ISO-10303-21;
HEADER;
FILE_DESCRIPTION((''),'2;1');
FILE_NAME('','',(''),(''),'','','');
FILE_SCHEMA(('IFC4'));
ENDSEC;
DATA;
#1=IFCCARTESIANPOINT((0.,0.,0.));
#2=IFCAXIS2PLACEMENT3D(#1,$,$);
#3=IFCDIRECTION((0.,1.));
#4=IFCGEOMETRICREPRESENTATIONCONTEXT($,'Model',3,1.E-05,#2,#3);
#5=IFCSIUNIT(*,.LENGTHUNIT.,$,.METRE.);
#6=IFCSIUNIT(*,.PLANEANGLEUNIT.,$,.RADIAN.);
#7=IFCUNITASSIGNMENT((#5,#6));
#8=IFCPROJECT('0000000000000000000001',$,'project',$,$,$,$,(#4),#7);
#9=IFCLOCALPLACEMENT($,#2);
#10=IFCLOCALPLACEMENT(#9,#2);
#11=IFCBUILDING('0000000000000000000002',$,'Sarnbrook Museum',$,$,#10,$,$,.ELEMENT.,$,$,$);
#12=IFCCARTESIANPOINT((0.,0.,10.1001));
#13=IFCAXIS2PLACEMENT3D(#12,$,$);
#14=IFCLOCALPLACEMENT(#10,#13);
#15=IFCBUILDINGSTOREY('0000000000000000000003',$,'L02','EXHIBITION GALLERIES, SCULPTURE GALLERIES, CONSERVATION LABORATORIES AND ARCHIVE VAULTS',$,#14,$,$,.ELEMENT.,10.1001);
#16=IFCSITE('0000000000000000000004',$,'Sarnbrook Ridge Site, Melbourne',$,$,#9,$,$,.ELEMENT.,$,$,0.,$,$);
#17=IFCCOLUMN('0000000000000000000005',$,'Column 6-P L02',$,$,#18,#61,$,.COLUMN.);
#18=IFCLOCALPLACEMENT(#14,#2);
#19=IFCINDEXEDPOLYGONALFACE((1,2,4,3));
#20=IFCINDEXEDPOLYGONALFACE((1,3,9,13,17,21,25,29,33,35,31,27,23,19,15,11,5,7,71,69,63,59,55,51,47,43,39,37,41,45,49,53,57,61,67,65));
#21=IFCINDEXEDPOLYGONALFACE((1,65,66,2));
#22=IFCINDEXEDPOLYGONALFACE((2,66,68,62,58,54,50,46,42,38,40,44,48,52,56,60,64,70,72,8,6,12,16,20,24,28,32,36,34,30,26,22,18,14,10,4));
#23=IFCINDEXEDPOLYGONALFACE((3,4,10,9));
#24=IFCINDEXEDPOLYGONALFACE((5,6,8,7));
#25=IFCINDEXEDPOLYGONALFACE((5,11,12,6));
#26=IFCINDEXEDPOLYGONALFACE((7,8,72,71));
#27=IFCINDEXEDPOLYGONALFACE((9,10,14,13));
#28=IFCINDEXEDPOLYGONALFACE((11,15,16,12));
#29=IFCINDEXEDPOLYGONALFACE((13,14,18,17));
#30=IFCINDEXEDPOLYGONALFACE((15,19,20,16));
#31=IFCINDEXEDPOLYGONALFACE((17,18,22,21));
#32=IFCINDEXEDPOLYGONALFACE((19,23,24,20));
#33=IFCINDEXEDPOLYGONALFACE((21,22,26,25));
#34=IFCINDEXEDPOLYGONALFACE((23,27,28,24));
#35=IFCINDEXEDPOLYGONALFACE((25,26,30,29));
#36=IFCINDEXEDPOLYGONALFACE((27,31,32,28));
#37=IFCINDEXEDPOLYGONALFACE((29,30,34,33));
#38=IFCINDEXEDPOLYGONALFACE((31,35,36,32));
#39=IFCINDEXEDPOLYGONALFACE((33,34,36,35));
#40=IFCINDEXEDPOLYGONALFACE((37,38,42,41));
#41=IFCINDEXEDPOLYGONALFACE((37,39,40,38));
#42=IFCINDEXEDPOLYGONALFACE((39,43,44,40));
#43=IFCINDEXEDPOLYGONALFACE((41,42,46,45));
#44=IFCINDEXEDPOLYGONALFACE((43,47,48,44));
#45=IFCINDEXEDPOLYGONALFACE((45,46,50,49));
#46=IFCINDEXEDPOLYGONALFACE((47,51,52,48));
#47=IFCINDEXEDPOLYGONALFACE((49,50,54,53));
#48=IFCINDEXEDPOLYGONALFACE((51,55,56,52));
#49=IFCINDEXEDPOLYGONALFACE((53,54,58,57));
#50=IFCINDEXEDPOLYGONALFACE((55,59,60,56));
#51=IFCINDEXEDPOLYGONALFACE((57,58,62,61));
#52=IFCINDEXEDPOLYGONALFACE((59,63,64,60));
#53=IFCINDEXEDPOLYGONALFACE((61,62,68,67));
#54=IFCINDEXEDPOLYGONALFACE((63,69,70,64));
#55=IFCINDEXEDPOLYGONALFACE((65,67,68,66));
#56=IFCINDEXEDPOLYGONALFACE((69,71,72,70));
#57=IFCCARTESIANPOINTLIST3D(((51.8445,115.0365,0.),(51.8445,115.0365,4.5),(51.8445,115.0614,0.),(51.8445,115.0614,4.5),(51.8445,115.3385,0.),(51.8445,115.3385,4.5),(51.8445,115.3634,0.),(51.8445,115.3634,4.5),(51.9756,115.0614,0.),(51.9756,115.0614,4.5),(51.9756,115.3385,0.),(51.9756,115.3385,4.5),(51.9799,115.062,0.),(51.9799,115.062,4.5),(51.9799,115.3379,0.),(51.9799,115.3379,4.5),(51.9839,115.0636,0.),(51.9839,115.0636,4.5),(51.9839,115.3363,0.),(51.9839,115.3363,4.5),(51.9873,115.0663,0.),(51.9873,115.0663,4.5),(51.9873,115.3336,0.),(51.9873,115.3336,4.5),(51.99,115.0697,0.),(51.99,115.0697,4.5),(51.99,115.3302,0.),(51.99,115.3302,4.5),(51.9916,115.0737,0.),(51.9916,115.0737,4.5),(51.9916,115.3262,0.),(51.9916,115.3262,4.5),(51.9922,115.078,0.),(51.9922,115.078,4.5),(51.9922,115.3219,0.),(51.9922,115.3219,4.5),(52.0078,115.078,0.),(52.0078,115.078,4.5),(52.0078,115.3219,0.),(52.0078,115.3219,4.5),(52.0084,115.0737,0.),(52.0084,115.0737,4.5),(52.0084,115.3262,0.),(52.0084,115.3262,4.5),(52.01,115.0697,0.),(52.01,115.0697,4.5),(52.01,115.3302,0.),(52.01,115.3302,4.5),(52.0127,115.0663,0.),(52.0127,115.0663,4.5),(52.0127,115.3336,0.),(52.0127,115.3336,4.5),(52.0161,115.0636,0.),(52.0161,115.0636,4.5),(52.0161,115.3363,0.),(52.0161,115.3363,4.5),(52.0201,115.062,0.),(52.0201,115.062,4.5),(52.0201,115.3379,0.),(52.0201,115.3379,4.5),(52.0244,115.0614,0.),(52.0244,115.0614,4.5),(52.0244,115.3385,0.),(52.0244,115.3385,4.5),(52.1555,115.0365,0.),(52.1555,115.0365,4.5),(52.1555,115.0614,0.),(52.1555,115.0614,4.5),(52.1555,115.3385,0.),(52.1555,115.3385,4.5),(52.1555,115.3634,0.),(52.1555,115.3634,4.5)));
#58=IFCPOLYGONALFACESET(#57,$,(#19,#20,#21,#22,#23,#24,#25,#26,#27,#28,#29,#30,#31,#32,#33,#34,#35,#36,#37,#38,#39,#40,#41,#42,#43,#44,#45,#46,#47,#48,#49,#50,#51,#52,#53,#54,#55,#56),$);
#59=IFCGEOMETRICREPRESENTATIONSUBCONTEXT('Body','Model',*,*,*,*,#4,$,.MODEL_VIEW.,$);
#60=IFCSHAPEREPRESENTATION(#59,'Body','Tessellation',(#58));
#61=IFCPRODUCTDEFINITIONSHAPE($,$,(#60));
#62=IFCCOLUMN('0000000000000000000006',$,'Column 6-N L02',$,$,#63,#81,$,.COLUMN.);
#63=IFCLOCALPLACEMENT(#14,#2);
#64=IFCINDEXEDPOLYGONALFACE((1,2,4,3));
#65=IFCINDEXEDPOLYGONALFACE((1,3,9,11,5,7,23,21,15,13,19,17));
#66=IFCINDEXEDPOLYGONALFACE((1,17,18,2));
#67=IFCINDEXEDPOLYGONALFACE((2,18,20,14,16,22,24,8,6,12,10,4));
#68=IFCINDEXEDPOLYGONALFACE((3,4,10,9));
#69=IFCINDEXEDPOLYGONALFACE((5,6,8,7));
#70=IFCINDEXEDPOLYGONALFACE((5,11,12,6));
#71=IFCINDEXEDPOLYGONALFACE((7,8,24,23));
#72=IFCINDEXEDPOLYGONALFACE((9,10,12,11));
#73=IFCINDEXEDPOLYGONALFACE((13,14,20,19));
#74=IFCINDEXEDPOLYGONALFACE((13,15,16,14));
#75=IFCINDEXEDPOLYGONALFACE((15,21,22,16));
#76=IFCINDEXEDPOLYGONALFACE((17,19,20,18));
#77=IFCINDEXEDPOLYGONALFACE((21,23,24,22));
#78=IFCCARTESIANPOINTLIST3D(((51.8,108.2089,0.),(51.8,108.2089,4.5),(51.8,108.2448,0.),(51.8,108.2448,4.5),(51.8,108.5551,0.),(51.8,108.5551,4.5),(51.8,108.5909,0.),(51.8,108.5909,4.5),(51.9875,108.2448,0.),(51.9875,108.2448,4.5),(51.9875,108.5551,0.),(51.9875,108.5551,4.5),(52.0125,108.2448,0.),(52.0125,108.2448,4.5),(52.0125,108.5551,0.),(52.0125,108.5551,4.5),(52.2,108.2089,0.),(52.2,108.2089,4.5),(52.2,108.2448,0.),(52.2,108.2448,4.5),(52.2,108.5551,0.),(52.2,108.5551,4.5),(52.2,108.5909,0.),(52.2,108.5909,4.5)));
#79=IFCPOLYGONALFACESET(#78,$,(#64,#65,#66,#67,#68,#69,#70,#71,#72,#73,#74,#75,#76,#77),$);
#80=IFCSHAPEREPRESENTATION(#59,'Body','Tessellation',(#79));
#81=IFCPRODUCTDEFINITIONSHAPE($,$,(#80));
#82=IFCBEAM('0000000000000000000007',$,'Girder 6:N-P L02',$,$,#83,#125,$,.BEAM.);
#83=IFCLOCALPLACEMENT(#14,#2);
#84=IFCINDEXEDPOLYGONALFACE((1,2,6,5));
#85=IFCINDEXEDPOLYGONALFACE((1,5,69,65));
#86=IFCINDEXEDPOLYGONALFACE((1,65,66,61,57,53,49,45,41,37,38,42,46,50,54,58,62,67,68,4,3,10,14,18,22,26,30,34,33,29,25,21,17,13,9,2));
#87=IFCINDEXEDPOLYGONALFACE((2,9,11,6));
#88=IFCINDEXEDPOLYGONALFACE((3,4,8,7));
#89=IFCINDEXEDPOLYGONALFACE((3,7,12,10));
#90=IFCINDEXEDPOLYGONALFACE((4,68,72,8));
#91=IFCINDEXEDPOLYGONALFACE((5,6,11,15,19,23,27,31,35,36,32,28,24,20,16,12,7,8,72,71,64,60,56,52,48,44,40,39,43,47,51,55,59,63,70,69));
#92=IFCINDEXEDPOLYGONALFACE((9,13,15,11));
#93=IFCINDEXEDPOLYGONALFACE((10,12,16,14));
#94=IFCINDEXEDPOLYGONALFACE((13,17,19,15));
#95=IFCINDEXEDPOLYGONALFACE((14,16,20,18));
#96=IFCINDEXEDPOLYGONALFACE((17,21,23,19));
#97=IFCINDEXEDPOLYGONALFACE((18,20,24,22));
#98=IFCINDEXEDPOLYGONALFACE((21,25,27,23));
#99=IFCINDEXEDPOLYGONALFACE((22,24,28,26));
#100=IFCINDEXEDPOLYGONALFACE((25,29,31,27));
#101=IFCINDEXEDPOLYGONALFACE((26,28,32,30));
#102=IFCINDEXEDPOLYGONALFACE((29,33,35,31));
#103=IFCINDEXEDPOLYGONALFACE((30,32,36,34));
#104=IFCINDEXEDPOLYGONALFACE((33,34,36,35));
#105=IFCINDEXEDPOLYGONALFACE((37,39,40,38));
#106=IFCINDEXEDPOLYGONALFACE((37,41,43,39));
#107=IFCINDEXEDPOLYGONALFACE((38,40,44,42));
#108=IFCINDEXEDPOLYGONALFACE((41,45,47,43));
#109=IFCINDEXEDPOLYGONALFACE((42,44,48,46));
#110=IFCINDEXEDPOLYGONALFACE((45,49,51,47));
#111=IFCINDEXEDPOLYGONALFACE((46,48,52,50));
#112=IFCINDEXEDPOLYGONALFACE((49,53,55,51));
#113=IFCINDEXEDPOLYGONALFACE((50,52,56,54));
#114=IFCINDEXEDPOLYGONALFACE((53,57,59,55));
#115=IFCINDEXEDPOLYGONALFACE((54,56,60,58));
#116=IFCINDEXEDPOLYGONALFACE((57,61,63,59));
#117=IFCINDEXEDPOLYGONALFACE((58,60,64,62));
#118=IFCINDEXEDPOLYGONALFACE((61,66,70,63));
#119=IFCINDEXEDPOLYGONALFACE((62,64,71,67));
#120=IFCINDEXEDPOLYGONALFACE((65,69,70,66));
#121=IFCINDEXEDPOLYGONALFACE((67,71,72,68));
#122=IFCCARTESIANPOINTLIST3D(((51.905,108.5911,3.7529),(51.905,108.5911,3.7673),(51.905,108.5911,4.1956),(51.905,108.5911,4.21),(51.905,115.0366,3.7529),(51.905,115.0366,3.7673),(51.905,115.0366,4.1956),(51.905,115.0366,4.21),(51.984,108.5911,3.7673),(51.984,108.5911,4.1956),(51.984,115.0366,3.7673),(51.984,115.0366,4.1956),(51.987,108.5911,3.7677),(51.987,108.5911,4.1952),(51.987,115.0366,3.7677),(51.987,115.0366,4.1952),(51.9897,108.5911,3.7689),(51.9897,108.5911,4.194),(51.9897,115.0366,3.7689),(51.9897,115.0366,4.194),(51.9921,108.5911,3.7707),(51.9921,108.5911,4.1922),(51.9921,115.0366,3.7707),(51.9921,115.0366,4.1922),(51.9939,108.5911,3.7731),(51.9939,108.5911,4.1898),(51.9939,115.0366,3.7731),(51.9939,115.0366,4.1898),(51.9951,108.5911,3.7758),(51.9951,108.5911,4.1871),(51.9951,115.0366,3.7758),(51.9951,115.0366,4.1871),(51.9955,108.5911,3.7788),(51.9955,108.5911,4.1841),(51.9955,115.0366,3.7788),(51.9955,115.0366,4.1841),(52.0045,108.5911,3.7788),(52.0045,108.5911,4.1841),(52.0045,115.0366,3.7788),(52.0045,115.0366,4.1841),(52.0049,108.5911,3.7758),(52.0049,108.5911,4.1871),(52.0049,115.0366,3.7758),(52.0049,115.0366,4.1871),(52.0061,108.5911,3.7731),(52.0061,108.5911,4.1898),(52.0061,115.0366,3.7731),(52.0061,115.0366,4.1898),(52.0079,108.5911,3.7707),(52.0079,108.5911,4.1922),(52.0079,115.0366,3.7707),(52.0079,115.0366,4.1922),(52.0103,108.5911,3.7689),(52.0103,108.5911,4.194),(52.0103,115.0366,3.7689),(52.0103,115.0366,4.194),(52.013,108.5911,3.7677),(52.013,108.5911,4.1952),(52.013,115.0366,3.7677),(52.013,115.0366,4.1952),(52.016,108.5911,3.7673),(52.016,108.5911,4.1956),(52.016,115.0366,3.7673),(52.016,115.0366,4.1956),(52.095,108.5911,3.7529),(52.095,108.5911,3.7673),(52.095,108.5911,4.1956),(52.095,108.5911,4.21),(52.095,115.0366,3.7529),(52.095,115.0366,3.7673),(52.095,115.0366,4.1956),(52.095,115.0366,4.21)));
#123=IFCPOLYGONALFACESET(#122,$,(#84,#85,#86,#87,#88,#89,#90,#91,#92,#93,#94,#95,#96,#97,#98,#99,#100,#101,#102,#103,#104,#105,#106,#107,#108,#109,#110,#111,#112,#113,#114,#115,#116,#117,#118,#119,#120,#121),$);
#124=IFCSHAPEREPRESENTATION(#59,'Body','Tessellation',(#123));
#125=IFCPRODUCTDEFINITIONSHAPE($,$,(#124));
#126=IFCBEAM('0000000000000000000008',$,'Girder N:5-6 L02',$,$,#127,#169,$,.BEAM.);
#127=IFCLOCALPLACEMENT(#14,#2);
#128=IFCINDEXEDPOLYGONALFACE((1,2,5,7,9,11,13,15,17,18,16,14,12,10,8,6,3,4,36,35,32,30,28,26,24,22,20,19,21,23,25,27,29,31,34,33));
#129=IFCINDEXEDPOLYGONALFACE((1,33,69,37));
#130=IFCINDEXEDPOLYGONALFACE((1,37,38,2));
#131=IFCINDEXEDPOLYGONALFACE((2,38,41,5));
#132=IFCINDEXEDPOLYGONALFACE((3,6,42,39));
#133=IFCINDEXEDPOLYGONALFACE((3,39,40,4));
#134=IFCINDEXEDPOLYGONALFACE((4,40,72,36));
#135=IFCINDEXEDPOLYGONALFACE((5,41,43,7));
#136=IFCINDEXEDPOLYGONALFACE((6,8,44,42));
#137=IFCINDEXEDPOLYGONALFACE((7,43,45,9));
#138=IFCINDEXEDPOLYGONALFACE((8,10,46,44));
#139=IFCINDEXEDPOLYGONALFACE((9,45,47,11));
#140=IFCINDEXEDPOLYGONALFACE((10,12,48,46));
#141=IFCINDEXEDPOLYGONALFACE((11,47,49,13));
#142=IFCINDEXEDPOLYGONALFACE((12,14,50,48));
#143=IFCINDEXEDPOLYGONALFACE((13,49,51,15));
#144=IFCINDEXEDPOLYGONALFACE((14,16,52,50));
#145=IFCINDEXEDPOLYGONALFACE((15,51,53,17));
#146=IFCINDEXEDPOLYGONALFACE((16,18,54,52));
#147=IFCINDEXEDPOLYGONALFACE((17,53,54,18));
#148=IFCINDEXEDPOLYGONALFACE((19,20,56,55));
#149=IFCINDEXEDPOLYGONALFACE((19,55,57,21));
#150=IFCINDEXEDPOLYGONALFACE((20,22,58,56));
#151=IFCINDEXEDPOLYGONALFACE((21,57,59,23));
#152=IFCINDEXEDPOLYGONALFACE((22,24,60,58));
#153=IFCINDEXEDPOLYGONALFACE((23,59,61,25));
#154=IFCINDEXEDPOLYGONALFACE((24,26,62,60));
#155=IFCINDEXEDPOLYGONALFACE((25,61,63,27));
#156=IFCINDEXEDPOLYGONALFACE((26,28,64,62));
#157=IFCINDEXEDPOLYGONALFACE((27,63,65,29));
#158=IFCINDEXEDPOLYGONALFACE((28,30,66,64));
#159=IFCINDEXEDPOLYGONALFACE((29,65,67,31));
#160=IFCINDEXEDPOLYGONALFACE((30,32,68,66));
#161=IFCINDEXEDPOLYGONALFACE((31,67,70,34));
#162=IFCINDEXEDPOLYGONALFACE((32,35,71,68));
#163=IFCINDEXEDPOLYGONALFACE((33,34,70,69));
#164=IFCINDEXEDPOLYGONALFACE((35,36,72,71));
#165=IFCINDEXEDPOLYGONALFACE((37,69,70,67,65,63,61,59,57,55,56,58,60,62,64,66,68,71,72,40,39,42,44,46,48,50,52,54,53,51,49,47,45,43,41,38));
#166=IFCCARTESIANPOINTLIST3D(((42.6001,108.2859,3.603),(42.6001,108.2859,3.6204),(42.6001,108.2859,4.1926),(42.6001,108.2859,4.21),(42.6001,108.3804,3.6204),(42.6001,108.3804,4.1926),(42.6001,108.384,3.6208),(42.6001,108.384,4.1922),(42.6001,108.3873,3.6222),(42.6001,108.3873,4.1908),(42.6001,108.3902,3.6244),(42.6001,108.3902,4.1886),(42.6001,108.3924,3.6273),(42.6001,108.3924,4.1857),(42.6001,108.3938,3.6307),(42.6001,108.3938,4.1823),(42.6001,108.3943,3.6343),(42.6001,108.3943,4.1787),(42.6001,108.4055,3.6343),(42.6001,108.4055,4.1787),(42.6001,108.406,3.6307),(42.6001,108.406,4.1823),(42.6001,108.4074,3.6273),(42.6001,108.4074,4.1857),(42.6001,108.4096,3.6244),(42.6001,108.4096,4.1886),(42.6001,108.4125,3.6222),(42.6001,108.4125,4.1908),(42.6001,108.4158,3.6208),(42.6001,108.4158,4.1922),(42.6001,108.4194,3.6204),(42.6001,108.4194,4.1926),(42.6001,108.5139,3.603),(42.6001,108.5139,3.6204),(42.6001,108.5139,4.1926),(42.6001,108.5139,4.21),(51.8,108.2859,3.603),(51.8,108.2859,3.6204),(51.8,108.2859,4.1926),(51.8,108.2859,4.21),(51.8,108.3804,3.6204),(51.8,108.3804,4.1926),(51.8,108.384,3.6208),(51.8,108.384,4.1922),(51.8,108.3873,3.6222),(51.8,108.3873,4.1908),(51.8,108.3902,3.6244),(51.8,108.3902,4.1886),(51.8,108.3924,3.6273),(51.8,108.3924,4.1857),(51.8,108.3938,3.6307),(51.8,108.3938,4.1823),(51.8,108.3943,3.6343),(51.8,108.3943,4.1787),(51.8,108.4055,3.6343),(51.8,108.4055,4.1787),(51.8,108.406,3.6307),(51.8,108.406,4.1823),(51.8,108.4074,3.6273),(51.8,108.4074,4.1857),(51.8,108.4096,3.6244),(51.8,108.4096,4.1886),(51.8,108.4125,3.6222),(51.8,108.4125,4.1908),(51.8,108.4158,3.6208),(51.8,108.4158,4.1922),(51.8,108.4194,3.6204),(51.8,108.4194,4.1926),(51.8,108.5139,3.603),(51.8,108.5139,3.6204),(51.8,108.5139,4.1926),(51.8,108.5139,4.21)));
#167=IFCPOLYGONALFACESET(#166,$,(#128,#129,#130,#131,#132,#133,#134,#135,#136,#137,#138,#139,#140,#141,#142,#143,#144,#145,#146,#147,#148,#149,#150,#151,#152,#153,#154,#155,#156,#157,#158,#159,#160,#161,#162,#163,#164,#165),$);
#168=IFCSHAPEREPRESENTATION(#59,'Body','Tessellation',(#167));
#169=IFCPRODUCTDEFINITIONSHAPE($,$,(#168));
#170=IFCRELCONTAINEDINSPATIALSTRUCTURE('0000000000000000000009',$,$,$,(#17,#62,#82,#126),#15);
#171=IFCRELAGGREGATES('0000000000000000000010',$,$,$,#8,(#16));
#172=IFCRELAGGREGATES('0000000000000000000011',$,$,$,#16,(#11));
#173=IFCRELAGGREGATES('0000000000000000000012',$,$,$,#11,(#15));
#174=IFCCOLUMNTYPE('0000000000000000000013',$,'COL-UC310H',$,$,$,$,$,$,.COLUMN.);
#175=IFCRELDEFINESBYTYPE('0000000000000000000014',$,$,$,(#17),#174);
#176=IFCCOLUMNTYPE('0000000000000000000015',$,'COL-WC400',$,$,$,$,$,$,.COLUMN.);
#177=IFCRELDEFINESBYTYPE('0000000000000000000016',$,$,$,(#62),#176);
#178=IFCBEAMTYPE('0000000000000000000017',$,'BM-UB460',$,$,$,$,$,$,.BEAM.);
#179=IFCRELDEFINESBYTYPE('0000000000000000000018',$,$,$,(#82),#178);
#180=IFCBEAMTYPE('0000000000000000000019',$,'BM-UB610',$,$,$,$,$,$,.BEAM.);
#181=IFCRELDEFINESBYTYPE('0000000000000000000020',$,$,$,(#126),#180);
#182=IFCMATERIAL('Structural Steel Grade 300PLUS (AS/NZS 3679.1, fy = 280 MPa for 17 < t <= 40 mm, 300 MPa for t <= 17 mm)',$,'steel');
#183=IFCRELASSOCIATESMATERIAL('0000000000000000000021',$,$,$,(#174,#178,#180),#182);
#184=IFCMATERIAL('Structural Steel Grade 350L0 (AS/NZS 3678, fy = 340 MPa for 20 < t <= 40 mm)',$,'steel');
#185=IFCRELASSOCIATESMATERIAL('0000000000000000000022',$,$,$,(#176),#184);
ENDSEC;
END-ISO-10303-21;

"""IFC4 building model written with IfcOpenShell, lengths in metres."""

from ifc_helpers import new_model, si_unit, direction, frame, origin, origin_2d, place, context, subcontext, project, spatial, i_section, extrude, material, material_profile, profile_set, type_object, element, save


model = new_model("IFC4")

# Units and contexts
model_context = context("Model", 3, precision=1e-05, world=origin(), true_north=direction((0.0, 1.0)))
body_context = subcontext(model_context, "Body", "Model", "MODEL_VIEW")
ifc_project = project(units=[si_unit("LENGTHUNIT", "METRE"), si_unit("PLANEANGLEUNIT", "RADIAN")], contexts=[model_context])

# Site, building, storey
site_placement = place(None, origin())
site = spatial("IfcSite", under=ifc_project, at=site_placement, Name="Sarnbrook Ridge Site, Melbourne", CompositionType="ELEMENT", RefElevation=0.0)
building_placement = place(site_placement, origin())
building = spatial("IfcBuilding", under=site, at=building_placement, Name="Sarnbrook Museum", CompositionType="ELEMENT")
storey_placement = place(building_placement, frame((0.0, 0.0, 10.1001)))
storey = spatial("IfcBuildingStorey", under=building, at=storey_placement, Name="L02", Description="EXHIBITION GALLERIES, SCULPTURE GALLERIES, CONSERVATION LABORATORIES AND ARCHIVE VAULTS", CompositionType="ELEMENT", Elevation=10.1001)

# Columns
ifc_material_1 = material(Name="Structural Steel Grade 300PLUS (AS/NZS 3679.1, fy = 280 MPa for 17 < t <= 40 mm, 300 MPa for t <= 17 mm)", Category="steel")
ifc_material_profile_1 = material_profile(ifc_material_1, i_section(OverallWidth=0.311, OverallDepth=0.3269, WebThickness=0.0156, FlangeThickness=0.0249, FilletRadius=0.0166, at=origin_2d()), Name="310UC158")
ifc_profile_set_1 = profile_set([ifc_material_profile_1], Name="Structural Steel Grade 300PLUS (AS/NZS 3679.1, fy = 280 MPa for 17 < t <= 40 mm, 300 MPa for t <= 17 mm)")
column_type_1 = type_object("IfcColumnType", Name="COL-UC310H", PredefinedType="COLUMN", material=ifc_profile_set_1)
column_1_placement = place(storey_placement, frame((52.0, 115.2, 0.0), z_axis=(0.0, 0.0, 1.0), x_axis=(1.0, 0.0, 0.0)))
element("IfcColumn", 1, at=column_1_placement, inside=storey, type_object=column_type_1, Name="Column 6-P L02", PredefinedType="COLUMN", context=body_context, shape_type="SweptSolid", body=[
    extrude(i_section(OverallWidth=0.311, OverallDepth=0.3269, WebThickness=0.0156, FlangeThickness=0.0249, FilletRadius=0.0166, at=origin_2d()), origin(), (0.0, 0.0, 1.0), 4.5),
])
ifc_material_2 = material(Name="Structural Steel Grade 350L0 (AS/NZS 3678, fy = 340 MPa for 20 < t <= 40 mm)", Category="steel")
ifc_material_profile_2 = material_profile(ifc_material_2, i_section(OverallWidth=0.3999, OverallDepth=0.3821, WebThickness=0.0249, FlangeThickness=0.0359, at=origin_2d()), Name="400WC270")
ifc_profile_set_2 = profile_set([ifc_material_profile_2], Name="Structural Steel Grade 350L0 (AS/NZS 3678, fy = 340 MPa for 20 < t <= 40 mm)")
column_type_2 = type_object("IfcColumnType", Name="COL-WC400", PredefinedType="COLUMN", material=ifc_profile_set_2)
column_2_placement = place(storey_placement, frame((52.0, 108.3999, 0.0), z_axis=(0.0, 0.0, 1.0), x_axis=(1.0, 0.0, 0.0)))
element("IfcColumn", 2, at=column_2_placement, inside=storey, type_object=column_type_2, Name="Column 6-N L02", PredefinedType="COLUMN", context=body_context, shape_type="SweptSolid", body=[
    extrude(i_section(OverallWidth=0.3999, OverallDepth=0.3821, WebThickness=0.0249, FlangeThickness=0.0359, at=origin_2d()), origin(), (0.0, 0.0, 1.0), 4.5),
])

# Beams
ifc_material_profile_3 = material_profile(ifc_material_1, i_section(OverallWidth=0.1899, OverallDepth=0.457, WebThickness=0.009, FlangeThickness=0.0144, FilletRadius=0.0115, at=origin_2d()), Name="460UB74.6")
ifc_profile_set_3 = profile_set([ifc_material_profile_3], Name="Structural Steel Grade 300PLUS (AS/NZS 3679.1, fy = 280 MPa for 17 < t <= 40 mm, 300 MPa for t <= 17 mm)")
beam_type_1 = type_object("IfcBeamType", Name="BM-UB460", PredefinedType="BEAM", material=ifc_profile_set_3)
beam_placement = place(storey_placement, frame((52.0, 108.5911, 3.9814), z_axis=(0.0, 1.0, 0.0), x_axis=(-1.0, 0.0, 0.0)))
element("IfcBeam", 3, at=beam_placement, inside=storey, type_object=beam_type_1, Name="Girder 6:N-P L02", PredefinedType="BEAM", context=body_context, shape_type="SweptSolid", body=[
    extrude(i_section(OverallWidth=0.1899, OverallDepth=0.457, WebThickness=0.009, FlangeThickness=0.0144, FilletRadius=0.0115, at=origin_2d()), origin(), (0.0, 0.0, 1.0), 6.4456),
])
ifc_material_profile_4 = material_profile(ifc_material_1, i_section(OverallWidth=0.228, OverallDepth=0.6069, WebThickness=0.0112, FlangeThickness=0.0173, FilletRadius=0.0139, at=origin_2d()), Name="610UB113")
ifc_profile_set_4 = profile_set([ifc_material_profile_4], Name="Structural Steel Grade 300PLUS (AS/NZS 3679.1, fy = 280 MPa for 17 < t <= 40 mm, 300 MPa for t <= 17 mm)")
beam_type_2 = type_object("IfcBeamType", Name="BM-UB610", PredefinedType="BEAM", material=ifc_profile_set_4)
for number, where, z_axis, x_axis, name in (
    (4, (42.6001, 108.3999, 3.9065), (1.0, 0.0, 0.0), (0.0, 1.0, 0.0), "Girder N:5-6 L02"),
):
    element("IfcBeam", number, at=place(storey_placement, frame(where, z_axis=z_axis, x_axis=x_axis)), inside=storey, type_object=beam_type_2, Name=name, PredefinedType="BEAM", context=body_context, shape_type="SweptSolid", body=[
        extrude(i_section(OverallWidth=0.228, OverallDepth=0.6069, WebThickness=0.0112, FlangeThickness=0.0173, FilletRadius=0.0139, at=origin_2d()), origin(), (0.0, 0.0, 1.0), 9.2),
    ])

save(model, "model.ifc")
